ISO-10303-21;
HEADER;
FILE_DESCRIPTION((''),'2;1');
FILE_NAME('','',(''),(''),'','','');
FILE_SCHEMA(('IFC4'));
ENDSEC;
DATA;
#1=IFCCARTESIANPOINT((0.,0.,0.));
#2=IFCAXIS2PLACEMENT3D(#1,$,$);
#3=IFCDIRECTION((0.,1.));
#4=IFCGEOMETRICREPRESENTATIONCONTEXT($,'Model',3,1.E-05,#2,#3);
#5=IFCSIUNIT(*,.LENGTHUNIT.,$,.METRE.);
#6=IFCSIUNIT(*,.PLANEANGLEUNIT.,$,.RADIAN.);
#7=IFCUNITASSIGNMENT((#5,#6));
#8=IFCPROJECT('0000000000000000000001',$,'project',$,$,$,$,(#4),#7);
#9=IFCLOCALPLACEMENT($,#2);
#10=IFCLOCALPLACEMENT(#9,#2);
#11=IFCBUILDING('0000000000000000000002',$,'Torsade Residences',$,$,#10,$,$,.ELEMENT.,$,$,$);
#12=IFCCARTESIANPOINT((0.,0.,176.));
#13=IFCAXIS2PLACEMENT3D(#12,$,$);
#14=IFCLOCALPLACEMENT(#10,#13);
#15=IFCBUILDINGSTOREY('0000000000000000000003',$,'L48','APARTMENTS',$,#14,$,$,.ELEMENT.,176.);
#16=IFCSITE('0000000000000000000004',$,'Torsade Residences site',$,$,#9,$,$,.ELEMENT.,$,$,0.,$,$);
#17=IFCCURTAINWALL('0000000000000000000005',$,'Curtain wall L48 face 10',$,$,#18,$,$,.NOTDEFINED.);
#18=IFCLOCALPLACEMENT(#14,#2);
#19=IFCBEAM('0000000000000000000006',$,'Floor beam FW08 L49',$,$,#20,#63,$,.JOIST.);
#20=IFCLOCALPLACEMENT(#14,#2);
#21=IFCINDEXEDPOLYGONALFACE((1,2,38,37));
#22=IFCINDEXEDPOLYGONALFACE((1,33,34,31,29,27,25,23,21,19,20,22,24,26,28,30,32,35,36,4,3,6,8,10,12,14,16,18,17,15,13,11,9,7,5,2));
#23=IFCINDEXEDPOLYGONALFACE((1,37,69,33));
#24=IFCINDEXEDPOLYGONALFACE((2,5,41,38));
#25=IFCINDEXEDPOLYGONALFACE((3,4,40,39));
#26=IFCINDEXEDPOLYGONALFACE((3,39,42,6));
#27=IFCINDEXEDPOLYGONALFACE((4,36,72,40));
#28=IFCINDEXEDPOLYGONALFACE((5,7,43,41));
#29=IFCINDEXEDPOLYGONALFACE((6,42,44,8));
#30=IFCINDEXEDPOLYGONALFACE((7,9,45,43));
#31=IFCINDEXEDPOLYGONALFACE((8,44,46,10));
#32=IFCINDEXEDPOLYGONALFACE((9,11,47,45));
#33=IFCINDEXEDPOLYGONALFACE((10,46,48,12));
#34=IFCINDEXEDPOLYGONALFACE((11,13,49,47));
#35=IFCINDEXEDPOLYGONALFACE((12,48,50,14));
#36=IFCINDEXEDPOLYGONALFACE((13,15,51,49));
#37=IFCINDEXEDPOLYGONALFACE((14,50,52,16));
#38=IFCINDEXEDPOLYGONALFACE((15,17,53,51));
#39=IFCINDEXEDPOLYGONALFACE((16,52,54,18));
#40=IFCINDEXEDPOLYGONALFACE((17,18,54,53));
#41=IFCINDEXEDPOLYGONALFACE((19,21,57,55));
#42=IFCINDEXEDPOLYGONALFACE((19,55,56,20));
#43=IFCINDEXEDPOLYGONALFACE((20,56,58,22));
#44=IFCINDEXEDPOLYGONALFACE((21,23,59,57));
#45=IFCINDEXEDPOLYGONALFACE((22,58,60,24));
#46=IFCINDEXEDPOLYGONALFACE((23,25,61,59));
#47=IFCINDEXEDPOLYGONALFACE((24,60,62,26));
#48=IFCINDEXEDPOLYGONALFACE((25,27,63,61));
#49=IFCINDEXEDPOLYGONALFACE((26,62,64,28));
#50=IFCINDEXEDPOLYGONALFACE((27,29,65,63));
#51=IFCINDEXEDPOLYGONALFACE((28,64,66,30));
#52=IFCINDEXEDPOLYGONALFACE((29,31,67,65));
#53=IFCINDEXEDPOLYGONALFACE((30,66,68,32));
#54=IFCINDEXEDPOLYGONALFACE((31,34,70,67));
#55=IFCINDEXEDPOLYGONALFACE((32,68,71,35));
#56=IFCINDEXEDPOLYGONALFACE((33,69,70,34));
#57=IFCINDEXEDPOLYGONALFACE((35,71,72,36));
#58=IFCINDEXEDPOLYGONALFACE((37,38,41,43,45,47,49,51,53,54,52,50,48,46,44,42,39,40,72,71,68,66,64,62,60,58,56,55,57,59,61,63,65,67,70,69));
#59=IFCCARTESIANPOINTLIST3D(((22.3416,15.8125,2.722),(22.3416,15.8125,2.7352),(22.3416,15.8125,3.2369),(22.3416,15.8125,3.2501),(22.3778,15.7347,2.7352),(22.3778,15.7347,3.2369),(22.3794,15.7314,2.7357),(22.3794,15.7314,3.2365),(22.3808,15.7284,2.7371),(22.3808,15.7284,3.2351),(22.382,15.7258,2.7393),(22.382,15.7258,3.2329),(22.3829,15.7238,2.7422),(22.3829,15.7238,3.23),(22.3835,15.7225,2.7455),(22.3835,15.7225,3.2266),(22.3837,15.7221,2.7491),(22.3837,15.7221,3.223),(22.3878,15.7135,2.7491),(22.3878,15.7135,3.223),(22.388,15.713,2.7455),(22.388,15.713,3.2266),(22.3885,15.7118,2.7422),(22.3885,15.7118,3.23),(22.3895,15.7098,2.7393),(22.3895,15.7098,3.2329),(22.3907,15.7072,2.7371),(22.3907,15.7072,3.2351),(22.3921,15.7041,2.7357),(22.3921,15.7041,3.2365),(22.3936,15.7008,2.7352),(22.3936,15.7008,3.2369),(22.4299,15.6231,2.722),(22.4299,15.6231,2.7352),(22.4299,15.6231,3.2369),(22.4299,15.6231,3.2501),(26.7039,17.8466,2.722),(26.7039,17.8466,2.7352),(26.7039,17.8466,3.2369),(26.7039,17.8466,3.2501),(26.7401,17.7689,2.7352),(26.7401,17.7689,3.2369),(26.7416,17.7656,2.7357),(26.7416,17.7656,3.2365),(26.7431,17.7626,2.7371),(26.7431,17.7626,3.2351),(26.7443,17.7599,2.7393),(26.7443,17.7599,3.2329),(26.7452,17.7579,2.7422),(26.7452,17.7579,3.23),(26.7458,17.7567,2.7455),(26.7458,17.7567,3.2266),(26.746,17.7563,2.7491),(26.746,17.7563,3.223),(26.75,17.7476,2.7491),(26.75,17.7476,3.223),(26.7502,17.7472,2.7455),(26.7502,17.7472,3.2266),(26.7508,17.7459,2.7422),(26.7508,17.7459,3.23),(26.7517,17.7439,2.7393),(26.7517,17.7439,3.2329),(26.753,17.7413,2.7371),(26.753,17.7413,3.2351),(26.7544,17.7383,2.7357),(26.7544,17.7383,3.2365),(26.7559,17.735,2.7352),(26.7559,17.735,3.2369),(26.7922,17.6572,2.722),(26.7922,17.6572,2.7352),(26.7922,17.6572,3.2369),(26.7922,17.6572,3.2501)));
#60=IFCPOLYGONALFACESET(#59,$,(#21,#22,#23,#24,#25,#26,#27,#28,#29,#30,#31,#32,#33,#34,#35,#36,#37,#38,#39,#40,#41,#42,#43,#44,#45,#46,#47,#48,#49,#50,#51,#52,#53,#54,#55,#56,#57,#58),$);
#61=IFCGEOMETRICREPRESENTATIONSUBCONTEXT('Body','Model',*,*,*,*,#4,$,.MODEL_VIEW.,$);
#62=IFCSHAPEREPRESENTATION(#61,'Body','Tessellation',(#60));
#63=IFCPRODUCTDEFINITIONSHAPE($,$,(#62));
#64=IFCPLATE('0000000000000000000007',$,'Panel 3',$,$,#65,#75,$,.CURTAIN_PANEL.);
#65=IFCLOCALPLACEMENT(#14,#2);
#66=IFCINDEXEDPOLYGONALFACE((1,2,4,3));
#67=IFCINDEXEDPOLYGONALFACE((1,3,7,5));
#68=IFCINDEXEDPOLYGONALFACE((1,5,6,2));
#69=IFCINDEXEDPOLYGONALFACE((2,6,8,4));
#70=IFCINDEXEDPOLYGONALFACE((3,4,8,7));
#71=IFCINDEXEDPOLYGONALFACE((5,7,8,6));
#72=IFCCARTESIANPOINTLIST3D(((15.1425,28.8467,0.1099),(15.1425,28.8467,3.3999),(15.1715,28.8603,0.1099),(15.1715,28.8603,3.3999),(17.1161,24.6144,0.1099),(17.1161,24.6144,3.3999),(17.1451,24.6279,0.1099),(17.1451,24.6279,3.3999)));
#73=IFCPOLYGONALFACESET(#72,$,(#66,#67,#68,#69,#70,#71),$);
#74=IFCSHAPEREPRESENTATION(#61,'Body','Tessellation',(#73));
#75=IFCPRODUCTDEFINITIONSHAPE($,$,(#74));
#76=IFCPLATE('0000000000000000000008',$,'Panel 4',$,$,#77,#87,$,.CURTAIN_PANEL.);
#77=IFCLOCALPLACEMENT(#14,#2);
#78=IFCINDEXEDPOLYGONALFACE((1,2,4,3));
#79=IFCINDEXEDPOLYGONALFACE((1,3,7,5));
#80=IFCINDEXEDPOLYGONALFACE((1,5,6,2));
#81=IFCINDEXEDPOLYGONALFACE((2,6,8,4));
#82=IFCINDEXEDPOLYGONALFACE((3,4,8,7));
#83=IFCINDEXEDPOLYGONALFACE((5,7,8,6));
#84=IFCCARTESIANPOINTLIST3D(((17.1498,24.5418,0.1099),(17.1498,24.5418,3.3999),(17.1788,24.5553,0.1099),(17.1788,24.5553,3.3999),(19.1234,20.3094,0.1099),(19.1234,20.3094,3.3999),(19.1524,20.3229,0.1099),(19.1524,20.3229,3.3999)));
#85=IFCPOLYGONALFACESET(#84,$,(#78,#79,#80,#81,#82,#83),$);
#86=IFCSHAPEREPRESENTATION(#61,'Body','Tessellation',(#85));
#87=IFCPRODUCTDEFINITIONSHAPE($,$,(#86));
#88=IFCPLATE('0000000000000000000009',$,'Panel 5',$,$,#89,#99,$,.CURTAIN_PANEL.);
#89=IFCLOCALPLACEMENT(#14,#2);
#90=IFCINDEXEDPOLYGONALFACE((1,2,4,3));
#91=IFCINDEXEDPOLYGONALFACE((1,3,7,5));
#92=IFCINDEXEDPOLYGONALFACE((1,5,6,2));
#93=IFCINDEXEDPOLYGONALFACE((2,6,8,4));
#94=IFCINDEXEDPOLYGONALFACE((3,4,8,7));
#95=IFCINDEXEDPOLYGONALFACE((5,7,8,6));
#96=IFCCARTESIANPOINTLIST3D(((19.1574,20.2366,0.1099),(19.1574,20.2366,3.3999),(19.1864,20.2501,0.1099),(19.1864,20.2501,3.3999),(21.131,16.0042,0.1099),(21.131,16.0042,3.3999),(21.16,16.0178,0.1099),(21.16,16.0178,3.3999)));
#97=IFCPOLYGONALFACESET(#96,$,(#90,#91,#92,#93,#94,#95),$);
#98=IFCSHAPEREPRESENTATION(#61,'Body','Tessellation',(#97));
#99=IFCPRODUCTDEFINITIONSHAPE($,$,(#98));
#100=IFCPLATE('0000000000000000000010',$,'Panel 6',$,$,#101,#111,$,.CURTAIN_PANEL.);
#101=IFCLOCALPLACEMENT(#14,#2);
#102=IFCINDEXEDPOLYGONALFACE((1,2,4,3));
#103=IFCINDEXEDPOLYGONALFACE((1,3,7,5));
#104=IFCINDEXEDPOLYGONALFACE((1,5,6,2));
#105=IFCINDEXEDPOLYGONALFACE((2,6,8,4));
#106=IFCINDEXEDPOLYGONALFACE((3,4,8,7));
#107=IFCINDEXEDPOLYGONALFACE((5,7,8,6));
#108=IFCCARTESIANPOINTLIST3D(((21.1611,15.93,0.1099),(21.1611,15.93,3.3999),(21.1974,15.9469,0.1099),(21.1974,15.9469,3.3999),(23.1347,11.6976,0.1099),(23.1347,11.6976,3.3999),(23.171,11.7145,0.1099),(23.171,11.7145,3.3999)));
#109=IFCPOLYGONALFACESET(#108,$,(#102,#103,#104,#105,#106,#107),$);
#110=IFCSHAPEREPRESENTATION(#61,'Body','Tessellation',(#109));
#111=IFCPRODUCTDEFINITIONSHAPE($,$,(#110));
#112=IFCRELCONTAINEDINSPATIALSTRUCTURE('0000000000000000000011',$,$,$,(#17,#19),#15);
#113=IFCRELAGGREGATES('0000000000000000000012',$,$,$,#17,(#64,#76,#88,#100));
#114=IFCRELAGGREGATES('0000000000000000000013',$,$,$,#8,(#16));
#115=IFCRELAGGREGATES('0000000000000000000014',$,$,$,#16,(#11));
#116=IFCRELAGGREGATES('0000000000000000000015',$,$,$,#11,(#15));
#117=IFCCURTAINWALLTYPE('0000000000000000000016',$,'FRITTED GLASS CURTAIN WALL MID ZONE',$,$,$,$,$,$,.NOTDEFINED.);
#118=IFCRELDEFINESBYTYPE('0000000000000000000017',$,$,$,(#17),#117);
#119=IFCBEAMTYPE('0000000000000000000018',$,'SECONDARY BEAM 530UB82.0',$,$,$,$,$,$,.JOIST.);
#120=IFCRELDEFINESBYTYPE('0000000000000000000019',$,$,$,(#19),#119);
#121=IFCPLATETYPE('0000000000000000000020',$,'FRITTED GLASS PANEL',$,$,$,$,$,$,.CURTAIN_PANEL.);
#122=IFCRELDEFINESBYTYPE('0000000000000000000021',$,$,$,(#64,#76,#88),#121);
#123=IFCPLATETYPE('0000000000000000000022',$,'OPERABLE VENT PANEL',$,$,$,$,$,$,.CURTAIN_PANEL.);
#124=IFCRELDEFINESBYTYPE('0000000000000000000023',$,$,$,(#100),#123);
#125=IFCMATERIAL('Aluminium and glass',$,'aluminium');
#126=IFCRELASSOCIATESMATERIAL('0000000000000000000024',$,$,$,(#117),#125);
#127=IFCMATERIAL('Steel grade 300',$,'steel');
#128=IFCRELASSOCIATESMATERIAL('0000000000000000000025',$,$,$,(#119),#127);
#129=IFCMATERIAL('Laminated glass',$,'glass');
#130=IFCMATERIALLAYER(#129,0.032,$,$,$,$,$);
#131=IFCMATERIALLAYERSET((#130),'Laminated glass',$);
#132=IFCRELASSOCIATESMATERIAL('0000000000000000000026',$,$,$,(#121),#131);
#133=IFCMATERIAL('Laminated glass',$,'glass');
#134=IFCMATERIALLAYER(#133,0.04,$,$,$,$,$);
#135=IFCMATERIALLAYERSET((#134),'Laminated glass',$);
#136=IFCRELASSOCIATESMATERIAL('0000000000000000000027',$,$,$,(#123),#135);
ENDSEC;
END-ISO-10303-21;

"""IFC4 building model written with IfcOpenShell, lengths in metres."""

from ifc_helpers import new_model, si_unit, direction, frame, origin, origin_2d, place, context, subcontext, project, spatial, rectangle, i_section, extrude, material, layer, layer_set, material_profile, profile_set, type_object, element, aggregate, save


model = new_model("IFC4")

# Units and contexts
model_context = context("Model", 3, precision=1e-05, world=origin(), true_north=direction((0.0, 1.0)))
body_context = subcontext(model_context, "Body", "Model", "MODEL_VIEW")
ifc_project = project(units=[si_unit("LENGTHUNIT", "METRE"), si_unit("PLANEANGLEUNIT", "RADIAN")], contexts=[model_context])

# Site, building, storey
site_placement = place(None, origin())
site = spatial("IfcSite", under=ifc_project, at=site_placement, Name="Torsade Residences site", CompositionType="ELEMENT", RefElevation=0.0)
building_placement = place(site_placement, origin())
building = spatial("IfcBuilding", under=site, at=building_placement, Name="Torsade Residences", CompositionType="ELEMENT")
storey_placement = place(building_placement, frame((0.0, 0.0, 176.0)))
storey = spatial("IfcBuildingStorey", under=building, at=storey_placement, Name="L48", Description="APARTMENTS", CompositionType="ELEMENT", Elevation=176.0)

# Curtain wall
ifc_material_1 = material(Name="Aluminium and glass", Category="aluminium")
curtain_wall_type = type_object("IfcCurtainWallType", Name="FRITTED GLASS CURTAIN WALL MID ZONE", PredefinedType="NOTDEFINED", material=ifc_material_1)
curtain_wall_placement = place(storey_placement, origin())
curtain_wall = element("IfcCurtainWall", 1, at=curtain_wall_placement, inside=storey, type_object=curtain_wall_type, Name="Curtain wall L48 face 10", PredefinedType="NOTDEFINED")

# Beam
ifc_material_2 = material(Name="Steel grade 300", Category="steel")
ifc_material_profile_1 = material_profile(ifc_material_2, i_section(OverallWidth=0.209, OverallDepth=0.5281, WebThickness=0.0095, FlangeThickness=0.0132, FilletRadius=0.0139, at=origin_2d()), Name="530UB82.0")
ifc_profile_set_1 = profile_set([ifc_material_profile_1], Name="Steel grade 300")
beam_type_1 = type_object("IfcBeamType", Name="SECONDARY BEAM 530UB82.0", PredefinedType="JOIST", material=ifc_profile_set_1)
beam_1_placement = place(storey_placement, frame((22.3857, 15.7178, 2.9861), z_axis=(0.906308, 0.422619, 0.0), x_axis=(-0.422619, 0.906308, 0.0)))
element("IfcBeam", 2, at=beam_1_placement, inside=storey, type_object=beam_type_1, Name="Floor beam FW08 L49", PredefinedType="JOIST", context=body_context, shape_type="SweptSolid", body=[
    extrude(i_section(OverallWidth=0.209, OverallDepth=0.5281, WebThickness=0.0095, FlangeThickness=0.0132, FilletRadius=0.0139, at=origin_2d()), origin(), (0.0, 0.0, 1.0), 4.8132),
])

# Plates
ifc_material_3 = material(Name="Laminated glass", Category="glass")
ifc_layer_1 = layer(ifc_material_3, 0.032)
ifc_layer_set_1 = layer_set([ifc_layer_1], Name="Laminated glass")
plate_type_1 = type_object("IfcPlateType", Name="FRITTED GLASS PANEL", PredefinedType="CURTAIN_PANEL", material=ifc_layer_set_1)
plate_1_placement = place(storey_placement, frame((16.1438, 26.7373, 0.1099), z_axis=(0.0, 0.0, 1.0), x_axis=(0.422618, -0.906308, 0.0)))
plate_1 = element("IfcPlate", 3, at=plate_1_placement, type_object=plate_type_1, Name="Panel 3", PredefinedType="CURTAIN_PANEL", context=body_context, shape_type="SweptSolid", body=[
    extrude(rectangle(XDim=4.6699, YDim=0.032, at=origin_2d()), origin(), (0.0, 0.0, 1.0), 3.29),
])
plate_2_placement = place(storey_placement, frame((18.1511, 22.4324, 0.1099), z_axis=(0.0, 0.0, 1.0), x_axis=(0.422618, -0.906308, 0.0)))
plate_2 = element("IfcPlate", 4, at=plate_2_placement, type_object=plate_type_1, Name="Panel 4", PredefinedType="CURTAIN_PANEL", context=body_context, shape_type="SweptSolid", body=[
    extrude(rectangle(XDim=4.6699, YDim=0.032, at=origin_2d()), origin(), (0.0, 0.0, 1.0), 3.29),
])
plate_3_placement = place(storey_placement, frame((20.1587, 18.1272, 0.1099), z_axis=(0.0, 0.0, 1.0), x_axis=(0.422618, -0.906308, 0.0)))
plate_3 = element("IfcPlate", 5, at=plate_3_placement, type_object=plate_type_1, Name="Panel 5", PredefinedType="CURTAIN_PANEL", context=body_context, shape_type="SweptSolid", body=[
    extrude(rectangle(XDim=4.6699, YDim=0.032, at=origin_2d()), origin(), (0.0, 0.0, 1.0), 3.29),
])
ifc_material_4 = material(Name="Laminated glass", Category="glass")
ifc_layer_2 = layer(ifc_material_4, 0.04)
ifc_layer_set_2 = layer_set([ifc_layer_2], Name="Laminated glass")
plate_type_2 = type_object("IfcPlateType", Name="OPERABLE VENT PANEL", PredefinedType="CURTAIN_PANEL", material=ifc_layer_set_2)
plate_4_placement = place(storey_placement, frame((22.166, 13.8223, 0.1099), z_axis=(0.0, 0.0, 1.0), x_axis=(0.422618, -0.906308, 0.0)))
plate_4 = element("IfcPlate", 6, at=plate_4_placement, type_object=plate_type_2, Name="Panel 6", PredefinedType="CURTAIN_PANEL", context=body_context, shape_type="SweptSolid", body=[
    extrude(rectangle(XDim=4.6699, YDim=0.04, at=origin_2d()), origin(), (0.0, 0.0, 1.0), 3.29),
])
aggregate(curtain_wall, [plate_1, plate_2, plate_3, plate_4])

save(model, "model.ifc")
